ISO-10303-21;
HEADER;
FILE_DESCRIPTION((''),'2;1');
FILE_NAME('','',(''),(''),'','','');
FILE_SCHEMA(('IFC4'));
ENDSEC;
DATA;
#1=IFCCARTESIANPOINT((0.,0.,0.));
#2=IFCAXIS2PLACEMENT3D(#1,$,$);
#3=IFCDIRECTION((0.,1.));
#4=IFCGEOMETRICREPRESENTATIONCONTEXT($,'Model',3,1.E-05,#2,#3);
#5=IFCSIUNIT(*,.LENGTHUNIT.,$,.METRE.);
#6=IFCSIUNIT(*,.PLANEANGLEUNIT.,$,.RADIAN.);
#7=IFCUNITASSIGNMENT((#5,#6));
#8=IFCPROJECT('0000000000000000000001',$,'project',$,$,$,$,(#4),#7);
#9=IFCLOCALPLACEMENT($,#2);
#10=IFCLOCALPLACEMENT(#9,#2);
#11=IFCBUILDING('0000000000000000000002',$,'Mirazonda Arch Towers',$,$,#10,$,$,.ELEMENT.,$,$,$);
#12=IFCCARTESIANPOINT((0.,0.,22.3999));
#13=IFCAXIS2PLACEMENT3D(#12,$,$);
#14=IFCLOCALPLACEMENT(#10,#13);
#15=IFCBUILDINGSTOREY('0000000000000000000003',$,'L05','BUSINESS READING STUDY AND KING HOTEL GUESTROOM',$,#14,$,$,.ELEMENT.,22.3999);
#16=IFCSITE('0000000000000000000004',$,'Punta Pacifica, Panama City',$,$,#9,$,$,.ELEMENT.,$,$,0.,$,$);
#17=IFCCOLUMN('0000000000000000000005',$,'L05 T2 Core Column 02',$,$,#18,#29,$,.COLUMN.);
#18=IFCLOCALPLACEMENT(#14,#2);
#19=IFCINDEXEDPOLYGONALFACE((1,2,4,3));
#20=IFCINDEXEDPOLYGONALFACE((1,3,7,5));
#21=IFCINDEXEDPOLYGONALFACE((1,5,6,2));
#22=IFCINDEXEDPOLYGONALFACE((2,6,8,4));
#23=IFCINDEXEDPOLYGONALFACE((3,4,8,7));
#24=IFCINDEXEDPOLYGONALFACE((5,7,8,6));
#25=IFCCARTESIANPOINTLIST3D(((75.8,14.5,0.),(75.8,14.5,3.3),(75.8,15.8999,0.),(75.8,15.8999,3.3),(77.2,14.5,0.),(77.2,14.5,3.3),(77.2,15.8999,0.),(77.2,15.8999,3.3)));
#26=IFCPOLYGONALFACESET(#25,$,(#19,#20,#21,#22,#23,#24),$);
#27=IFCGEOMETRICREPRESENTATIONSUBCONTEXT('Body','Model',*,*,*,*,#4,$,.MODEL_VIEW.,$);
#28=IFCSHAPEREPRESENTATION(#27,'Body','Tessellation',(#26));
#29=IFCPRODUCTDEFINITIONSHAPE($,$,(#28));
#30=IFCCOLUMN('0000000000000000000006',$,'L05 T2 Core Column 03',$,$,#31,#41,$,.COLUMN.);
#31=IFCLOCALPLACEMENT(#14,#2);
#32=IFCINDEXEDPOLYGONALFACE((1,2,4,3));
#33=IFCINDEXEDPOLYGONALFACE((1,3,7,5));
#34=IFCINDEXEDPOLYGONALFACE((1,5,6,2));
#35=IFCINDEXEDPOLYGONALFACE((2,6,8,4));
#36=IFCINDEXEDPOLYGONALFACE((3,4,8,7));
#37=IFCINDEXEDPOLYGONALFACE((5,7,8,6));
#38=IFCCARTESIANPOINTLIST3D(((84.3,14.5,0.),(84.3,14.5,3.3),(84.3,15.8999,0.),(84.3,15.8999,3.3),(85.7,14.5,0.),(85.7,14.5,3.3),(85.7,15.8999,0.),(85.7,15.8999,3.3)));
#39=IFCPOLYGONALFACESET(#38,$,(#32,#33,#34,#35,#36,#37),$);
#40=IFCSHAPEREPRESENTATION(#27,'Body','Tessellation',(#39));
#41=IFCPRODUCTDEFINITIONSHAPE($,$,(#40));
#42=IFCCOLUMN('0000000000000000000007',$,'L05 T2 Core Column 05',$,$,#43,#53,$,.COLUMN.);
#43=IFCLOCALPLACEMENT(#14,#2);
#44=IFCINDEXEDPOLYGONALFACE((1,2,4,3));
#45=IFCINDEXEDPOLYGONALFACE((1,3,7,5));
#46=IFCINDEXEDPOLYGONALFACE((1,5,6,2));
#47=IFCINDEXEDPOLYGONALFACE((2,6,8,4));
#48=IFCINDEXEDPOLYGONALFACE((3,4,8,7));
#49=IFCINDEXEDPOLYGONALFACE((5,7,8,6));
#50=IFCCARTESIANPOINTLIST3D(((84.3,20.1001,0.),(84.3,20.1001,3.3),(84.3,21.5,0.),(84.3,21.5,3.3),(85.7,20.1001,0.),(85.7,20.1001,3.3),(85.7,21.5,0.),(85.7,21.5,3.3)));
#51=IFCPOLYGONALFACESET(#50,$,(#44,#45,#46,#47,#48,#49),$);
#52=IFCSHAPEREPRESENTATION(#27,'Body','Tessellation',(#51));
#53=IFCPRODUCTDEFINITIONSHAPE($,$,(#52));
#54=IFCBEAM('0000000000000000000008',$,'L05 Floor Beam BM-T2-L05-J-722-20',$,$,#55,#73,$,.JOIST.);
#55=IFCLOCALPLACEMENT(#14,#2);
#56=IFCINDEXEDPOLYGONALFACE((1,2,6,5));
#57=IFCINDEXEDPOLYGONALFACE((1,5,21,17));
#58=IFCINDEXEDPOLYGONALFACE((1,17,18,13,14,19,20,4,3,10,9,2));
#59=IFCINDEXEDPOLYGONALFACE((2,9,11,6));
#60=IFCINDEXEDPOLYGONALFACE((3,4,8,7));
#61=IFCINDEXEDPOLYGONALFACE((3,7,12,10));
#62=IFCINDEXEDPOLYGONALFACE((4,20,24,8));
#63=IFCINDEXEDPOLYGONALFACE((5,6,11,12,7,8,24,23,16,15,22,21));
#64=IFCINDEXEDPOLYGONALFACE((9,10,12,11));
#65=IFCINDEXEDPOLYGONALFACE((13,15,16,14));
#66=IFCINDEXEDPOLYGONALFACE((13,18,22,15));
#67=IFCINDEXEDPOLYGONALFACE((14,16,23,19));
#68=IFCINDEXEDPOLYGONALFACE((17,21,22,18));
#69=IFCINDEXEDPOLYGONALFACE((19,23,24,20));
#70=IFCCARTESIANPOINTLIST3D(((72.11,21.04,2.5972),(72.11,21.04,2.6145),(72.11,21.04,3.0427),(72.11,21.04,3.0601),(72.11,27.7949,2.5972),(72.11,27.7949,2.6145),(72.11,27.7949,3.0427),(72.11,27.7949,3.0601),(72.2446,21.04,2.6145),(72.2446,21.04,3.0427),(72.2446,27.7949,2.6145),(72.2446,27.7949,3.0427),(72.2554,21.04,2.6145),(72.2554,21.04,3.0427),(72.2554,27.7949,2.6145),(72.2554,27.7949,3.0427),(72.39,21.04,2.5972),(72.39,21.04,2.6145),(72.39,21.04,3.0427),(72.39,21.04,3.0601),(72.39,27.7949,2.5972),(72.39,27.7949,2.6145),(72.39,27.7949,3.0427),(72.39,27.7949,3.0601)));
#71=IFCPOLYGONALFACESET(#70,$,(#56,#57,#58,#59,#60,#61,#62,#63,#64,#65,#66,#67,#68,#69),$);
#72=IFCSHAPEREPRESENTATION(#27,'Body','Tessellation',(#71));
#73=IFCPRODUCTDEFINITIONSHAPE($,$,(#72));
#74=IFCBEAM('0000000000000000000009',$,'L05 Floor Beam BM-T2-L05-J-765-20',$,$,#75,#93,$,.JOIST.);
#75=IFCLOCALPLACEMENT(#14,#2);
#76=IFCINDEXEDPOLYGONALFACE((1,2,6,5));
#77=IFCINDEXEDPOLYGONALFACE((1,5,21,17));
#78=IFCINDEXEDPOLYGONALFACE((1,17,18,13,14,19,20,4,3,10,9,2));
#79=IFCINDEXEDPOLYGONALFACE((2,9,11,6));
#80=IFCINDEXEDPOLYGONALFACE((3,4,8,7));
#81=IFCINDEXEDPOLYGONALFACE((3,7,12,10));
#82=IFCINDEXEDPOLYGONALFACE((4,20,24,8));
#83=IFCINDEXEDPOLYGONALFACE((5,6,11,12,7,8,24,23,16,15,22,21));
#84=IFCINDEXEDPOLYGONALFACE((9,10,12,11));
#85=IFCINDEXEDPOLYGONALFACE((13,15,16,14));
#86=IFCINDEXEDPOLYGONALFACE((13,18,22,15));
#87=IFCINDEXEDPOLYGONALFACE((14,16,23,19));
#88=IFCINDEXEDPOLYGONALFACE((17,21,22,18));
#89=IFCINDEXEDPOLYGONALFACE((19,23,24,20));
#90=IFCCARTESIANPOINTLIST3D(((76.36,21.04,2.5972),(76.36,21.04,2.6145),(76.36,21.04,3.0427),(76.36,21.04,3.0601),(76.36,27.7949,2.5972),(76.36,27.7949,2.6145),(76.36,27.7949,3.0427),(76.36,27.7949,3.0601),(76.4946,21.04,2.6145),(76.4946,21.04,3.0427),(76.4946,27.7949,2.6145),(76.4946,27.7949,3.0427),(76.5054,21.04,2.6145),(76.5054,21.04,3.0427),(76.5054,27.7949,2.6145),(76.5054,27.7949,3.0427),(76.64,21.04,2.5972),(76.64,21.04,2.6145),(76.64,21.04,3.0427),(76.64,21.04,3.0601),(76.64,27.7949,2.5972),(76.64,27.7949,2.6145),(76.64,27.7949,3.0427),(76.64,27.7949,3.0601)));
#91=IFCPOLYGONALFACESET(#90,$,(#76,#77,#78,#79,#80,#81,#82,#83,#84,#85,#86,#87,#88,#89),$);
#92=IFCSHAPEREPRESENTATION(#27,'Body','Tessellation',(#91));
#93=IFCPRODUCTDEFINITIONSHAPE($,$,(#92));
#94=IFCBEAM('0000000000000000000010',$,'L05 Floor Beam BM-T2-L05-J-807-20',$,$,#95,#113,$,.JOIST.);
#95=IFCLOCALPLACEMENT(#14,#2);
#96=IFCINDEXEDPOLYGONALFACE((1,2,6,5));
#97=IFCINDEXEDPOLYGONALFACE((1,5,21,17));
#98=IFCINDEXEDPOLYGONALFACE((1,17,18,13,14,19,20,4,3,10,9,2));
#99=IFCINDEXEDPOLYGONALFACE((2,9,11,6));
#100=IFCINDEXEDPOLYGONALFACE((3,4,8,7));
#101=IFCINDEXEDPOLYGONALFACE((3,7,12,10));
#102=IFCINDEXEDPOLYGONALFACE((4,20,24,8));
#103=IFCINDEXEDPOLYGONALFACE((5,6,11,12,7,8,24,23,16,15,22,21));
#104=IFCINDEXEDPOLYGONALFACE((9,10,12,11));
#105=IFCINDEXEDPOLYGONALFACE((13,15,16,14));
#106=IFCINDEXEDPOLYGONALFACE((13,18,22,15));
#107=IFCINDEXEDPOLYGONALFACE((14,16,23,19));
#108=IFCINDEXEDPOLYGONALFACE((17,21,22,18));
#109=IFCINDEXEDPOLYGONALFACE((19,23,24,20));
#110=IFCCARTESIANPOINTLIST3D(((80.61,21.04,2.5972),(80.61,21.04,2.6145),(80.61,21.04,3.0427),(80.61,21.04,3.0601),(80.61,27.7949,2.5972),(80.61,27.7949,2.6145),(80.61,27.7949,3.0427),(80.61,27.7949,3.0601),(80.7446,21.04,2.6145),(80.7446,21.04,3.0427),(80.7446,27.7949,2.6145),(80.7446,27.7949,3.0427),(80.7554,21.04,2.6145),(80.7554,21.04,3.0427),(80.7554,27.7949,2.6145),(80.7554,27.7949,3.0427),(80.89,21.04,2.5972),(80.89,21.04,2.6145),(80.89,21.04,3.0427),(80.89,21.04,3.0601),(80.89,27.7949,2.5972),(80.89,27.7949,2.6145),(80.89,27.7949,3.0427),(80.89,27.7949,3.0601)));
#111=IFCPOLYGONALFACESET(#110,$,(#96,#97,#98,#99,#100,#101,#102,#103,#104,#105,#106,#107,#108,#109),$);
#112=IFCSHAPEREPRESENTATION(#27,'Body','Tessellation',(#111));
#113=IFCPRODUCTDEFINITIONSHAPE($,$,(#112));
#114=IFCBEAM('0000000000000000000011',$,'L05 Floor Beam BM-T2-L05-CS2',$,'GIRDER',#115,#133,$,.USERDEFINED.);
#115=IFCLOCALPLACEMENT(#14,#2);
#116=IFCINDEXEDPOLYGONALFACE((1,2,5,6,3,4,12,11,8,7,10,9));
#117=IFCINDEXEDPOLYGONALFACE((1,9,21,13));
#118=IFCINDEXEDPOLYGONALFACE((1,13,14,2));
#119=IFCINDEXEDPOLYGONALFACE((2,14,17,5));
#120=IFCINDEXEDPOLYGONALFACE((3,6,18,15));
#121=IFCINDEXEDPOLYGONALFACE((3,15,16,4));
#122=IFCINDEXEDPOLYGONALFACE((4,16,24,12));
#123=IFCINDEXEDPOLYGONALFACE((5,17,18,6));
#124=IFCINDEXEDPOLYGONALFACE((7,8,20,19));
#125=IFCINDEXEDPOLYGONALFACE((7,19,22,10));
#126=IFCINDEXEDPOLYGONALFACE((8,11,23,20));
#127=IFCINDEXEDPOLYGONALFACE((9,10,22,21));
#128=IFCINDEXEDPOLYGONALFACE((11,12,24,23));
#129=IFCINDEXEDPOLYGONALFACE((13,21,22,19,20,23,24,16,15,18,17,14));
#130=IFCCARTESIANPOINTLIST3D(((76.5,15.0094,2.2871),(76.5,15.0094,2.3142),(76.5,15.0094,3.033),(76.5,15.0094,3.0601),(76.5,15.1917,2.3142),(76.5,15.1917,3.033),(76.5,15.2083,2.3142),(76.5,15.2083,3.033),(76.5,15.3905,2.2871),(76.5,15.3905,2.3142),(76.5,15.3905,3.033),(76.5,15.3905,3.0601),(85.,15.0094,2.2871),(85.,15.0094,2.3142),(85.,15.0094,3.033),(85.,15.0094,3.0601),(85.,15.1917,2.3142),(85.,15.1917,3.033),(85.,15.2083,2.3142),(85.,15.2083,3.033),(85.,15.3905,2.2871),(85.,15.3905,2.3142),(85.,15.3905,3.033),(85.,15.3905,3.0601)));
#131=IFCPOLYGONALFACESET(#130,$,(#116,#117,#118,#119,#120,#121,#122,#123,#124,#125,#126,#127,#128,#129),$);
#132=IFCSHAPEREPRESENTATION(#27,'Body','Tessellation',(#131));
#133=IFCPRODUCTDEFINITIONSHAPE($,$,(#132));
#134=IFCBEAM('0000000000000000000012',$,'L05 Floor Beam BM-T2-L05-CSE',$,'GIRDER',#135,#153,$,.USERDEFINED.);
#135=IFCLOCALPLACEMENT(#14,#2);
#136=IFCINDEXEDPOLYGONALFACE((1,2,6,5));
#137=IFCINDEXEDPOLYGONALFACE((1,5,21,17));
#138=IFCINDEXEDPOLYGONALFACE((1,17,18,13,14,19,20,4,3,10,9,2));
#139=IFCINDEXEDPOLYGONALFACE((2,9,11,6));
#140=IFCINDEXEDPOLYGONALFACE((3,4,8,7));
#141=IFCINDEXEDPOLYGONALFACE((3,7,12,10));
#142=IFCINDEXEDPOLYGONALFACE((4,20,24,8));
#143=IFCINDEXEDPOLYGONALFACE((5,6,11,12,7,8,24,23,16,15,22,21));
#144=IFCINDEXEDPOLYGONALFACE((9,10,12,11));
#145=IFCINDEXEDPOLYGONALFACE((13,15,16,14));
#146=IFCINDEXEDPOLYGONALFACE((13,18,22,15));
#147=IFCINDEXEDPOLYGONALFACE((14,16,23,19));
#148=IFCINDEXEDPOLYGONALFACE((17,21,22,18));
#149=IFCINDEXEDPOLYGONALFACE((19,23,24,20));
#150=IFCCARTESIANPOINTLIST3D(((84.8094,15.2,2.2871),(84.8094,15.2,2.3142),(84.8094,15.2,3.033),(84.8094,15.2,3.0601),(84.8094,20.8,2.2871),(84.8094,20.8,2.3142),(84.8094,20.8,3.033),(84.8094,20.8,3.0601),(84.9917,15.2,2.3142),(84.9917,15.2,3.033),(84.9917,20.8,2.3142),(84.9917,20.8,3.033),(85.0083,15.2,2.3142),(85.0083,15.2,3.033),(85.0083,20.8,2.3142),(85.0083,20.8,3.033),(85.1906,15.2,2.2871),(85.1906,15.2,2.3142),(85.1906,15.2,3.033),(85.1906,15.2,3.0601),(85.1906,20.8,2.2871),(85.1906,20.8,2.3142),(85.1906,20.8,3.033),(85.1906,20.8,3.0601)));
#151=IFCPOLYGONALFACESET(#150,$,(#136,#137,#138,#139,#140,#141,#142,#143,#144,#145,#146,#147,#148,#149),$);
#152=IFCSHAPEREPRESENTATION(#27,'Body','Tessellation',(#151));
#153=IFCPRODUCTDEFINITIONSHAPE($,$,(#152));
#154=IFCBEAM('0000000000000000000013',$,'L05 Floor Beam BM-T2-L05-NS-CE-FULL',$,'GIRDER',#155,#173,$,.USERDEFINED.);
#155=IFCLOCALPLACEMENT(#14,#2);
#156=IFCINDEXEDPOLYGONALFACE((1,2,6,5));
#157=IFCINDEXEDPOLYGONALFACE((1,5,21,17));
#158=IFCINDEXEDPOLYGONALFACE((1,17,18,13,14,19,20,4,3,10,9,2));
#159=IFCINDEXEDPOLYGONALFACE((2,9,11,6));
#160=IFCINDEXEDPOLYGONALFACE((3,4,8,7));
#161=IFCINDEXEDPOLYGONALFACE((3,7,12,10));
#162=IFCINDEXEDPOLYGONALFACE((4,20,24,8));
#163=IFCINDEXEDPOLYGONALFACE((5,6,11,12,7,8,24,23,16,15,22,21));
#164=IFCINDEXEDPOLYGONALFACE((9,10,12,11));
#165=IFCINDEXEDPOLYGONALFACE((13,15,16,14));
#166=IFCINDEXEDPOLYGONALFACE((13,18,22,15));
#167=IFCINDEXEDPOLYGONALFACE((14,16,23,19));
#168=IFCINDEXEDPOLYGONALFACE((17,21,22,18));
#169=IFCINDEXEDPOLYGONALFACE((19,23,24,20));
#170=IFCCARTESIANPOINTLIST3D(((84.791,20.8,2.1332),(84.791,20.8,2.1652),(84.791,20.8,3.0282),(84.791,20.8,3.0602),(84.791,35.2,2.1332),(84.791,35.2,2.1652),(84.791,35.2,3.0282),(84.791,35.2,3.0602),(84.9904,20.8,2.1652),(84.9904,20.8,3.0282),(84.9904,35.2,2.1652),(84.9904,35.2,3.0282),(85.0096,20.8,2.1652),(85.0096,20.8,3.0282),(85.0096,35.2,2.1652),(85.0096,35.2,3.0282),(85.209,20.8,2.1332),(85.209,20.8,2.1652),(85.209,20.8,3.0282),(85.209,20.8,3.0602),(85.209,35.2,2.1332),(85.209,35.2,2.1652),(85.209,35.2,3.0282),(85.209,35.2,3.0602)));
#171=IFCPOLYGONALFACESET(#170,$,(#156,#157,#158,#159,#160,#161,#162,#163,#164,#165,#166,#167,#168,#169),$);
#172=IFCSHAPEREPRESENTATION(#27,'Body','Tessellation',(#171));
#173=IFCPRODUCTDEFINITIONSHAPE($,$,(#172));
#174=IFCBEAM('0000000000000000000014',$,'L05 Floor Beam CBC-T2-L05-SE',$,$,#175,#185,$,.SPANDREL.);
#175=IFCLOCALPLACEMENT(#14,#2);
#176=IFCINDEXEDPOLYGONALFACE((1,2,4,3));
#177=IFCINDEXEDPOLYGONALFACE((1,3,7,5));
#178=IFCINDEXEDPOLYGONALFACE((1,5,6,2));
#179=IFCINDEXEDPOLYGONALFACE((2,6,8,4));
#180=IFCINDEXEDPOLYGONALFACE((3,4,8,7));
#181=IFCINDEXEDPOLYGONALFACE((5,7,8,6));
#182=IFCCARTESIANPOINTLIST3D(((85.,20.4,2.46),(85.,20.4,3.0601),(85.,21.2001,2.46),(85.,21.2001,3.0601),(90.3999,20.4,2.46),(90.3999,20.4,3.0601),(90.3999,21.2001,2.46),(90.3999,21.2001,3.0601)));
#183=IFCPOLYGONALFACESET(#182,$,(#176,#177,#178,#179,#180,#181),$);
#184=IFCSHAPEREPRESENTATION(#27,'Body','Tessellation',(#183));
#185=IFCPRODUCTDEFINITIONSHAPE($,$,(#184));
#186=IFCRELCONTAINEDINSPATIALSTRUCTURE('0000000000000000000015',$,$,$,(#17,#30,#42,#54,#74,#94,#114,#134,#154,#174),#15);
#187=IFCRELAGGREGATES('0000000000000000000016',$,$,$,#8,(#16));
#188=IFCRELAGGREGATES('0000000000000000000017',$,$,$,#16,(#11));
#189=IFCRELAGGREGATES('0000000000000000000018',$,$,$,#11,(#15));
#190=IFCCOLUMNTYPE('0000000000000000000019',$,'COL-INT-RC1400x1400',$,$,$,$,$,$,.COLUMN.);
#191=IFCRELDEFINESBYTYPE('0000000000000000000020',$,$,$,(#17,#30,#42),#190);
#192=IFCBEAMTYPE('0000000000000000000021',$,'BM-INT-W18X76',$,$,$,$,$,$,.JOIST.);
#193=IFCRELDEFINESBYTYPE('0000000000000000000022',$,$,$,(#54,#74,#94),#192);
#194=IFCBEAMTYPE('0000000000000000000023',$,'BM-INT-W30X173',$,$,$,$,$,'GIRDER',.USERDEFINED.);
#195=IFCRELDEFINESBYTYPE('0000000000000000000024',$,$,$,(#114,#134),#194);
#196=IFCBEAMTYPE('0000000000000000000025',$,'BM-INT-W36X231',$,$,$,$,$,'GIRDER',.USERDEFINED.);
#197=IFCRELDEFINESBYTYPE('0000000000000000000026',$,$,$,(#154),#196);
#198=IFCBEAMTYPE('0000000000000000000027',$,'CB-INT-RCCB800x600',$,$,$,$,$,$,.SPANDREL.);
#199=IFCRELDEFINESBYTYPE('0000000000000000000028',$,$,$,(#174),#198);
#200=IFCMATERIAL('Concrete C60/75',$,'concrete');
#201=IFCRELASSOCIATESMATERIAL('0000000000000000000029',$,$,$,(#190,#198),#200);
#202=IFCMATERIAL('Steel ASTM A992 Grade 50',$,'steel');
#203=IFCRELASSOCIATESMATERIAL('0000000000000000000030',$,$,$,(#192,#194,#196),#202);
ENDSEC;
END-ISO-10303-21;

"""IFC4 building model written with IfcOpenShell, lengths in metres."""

from ifc_helpers import new_model, si_unit, direction, frame, origin, origin_2d, place, context, subcontext, project, spatial, rectangle, i_section, extrude, material, material_profile, profile_set, type_object, element, save


model = new_model("IFC4")

# Units and contexts
model_context = context("Model", 3, precision=1e-05, world=origin(), true_north=direction((0.0, 1.0)))
body_context = subcontext(model_context, "Body", "Model", "MODEL_VIEW")
ifc_project = project(units=[si_unit("LENGTHUNIT", "METRE"), si_unit("PLANEANGLEUNIT", "RADIAN")], contexts=[model_context])

# Site, building, storey
site_placement = place(None, origin())
site = spatial("IfcSite", under=ifc_project, at=site_placement, Name="Punta Pacifica, Panama City", CompositionType="ELEMENT", RefElevation=0.0)
building_placement = place(site_placement, origin())
building = spatial("IfcBuilding", under=site, at=building_placement, Name="Mirazonda Arch Towers", CompositionType="ELEMENT")
storey_placement = place(building_placement, frame((0.0, 0.0, 22.3999)))
storey = spatial("IfcBuildingStorey", under=building, at=storey_placement, Name="L05", Description="BUSINESS READING STUDY AND KING HOTEL GUESTROOM", CompositionType="ELEMENT", Elevation=22.3999)

# Columns
ifc_material_1 = material(Name="Concrete C60/75", Category="concrete")
ifc_material_profile_1 = material_profile(ifc_material_1, rectangle(XDim=1.3999, YDim=1.3999, at=origin_2d()), Name="RC1400x1400")
ifc_profile_set_1 = profile_set([ifc_material_profile_1], Name="Concrete C60/75")
column_type = type_object("IfcColumnType", Name="COL-INT-RC1400x1400", PredefinedType="COLUMN", material=ifc_profile_set_1)
for number, where, z_axis, x_axis, name in (
    (1, (76.5, 15.2, 0.0), (0.0, 0.0, 1.0), (1.0, 0.0, 0.0), "L05 T2 Core Column 02"),
    (2, (85.0, 15.2, 0.0), (0.0, 0.0, 1.0), (1.0, 0.0, 0.0), "L05 T2 Core Column 03"),
    (3, (85.0, 20.8, 0.0), (0.0, 0.0, 1.0), (1.0, 0.0, 0.0), "L05 T2 Core Column 05"),
):
    element("IfcColumn", number, at=place(storey_placement, frame(where, z_axis=z_axis, x_axis=x_axis)), inside=storey, type_object=column_type, Name=name, PredefinedType="COLUMN", context=body_context, shape_type="SweptSolid", body=[
        extrude(rectangle(XDim=1.3999, YDim=1.3999, at=origin_2d()), origin(), (0.0, 0.0, 1.0), 3.3),
    ])

# Beams
ifc_material_2 = material(Name="Steel ASTM A992 Grade 50", Category="steel")
ifc_material_profile_2 = material_profile(ifc_material_2, i_section(OverallWidth=0.28, OverallDepth=0.4629, WebThickness=0.0107, FlangeThickness=0.0173, at=origin_2d()), Name="W18X76")
ifc_profile_set_2 = profile_set([ifc_material_profile_2], Name="Steel ASTM A992 Grade 50")
beam_type_1 = type_object("IfcBeamType", Name="BM-INT-W18X76", PredefinedType="JOIST", material=ifc_profile_set_2)
for number, where, z_axis, x_axis, name in (
    (4, (72.25, 21.04, 2.8286), (0.0, 1.0, 0.0), (-1.0, 0.0, 0.0), "L05 Floor Beam BM-T2-L05-J-722-20"),
    (5, (76.5, 21.04, 2.8286), (0.0, 1.0, 0.0), (-1.0, 0.0, 0.0), "L05 Floor Beam BM-T2-L05-J-765-20"),
    (6, (80.75, 21.04, 2.8286), (0.0, 1.0, 0.0), (-1.0, 0.0, 0.0), "L05 Floor Beam BM-T2-L05-J-807-20"),
):
    element("IfcBeam", number, at=place(storey_placement, frame(where, z_axis=z_axis, x_axis=x_axis)), inside=storey, type_object=beam_type_1, Name=name, PredefinedType="JOIST", context=body_context, shape_type="SweptSolid", body=[
        extrude(i_section(OverallWidth=0.28, OverallDepth=0.4629, WebThickness=0.0107, FlangeThickness=0.0173, at=origin_2d()), origin(), (0.0, 0.0, 1.0), 6.7549),
    ])
ifc_material_profile_3 = material_profile(ifc_material_2, i_section(OverallWidth=0.3811, OverallDepth=0.7729, WebThickness=0.0166, FlangeThickness=0.0271, at=origin_2d()), Name="W30X173")
ifc_profile_set_3 = profile_set([ifc_material_profile_3], Name="Steel ASTM A992 Grade 50")
beam_type_2 = type_object("IfcBeamType", Name="BM-INT-W30X173", ElementType="GIRDER", PredefinedType="USERDEFINED", material=ifc_profile_set_3)
beam_1_placement = place(storey_placement, frame((76.5, 15.2, 2.6736), z_axis=(1.0, 0.0, 0.0), x_axis=(0.0, 1.0, 0.0)))
element("IfcBeam", 7, at=beam_1_placement, inside=storey, type_object=beam_type_2, Name="L05 Floor Beam BM-T2-L05-CS2", ObjectType="GIRDER", PredefinedType="USERDEFINED", context=body_context, shape_type="SweptSolid", body=[
    extrude(i_section(OverallWidth=0.3811, OverallDepth=0.7729, WebThickness=0.0166, FlangeThickness=0.0271, at=origin_2d()), origin(), (0.0, 0.0, 1.0), 8.5),
])
beam_2_placement = place(storey_placement, frame((85.0, 15.2, 2.6736), z_axis=(0.0, 1.0, 0.0), x_axis=(-1.0, 0.0, 0.0)))
element("IfcBeam", 8, at=beam_2_placement, inside=storey, type_object=beam_type_2, Name="L05 Floor Beam BM-T2-L05-CSE", ObjectType="GIRDER", PredefinedType="USERDEFINED", context=body_context, shape_type="SweptSolid", body=[
    extrude(i_section(OverallWidth=0.3811, OverallDepth=0.7729, WebThickness=0.0166, FlangeThickness=0.0271, at=origin_2d()), origin(), (0.0, 0.0, 1.0), 5.6001),
])
ifc_material_profile_4 = material_profile(ifc_material_2, i_section(OverallWidth=0.418, OverallDepth=0.927, WebThickness=0.0193, FlangeThickness=0.032, at=origin_2d()), Name="W36X231")
ifc_profile_set_4 = profile_set([ifc_material_profile_4], Name="Steel ASTM A992 Grade 50")
beam_type_3 = type_object("IfcBeamType", Name="BM-INT-W36X231", ElementType="GIRDER", PredefinedType="USERDEFINED", material=ifc_profile_set_4)
beam_3_placement = place(storey_placement, frame((85.0, 20.8, 2.5967), z_axis=(0.0, 1.0, 0.0), x_axis=(-1.0, 0.0, 0.0)))
element("IfcBeam", 9, at=beam_3_placement, inside=storey, type_object=beam_type_3, Name="L05 Floor Beam BM-T2-L05-NS-CE-FULL", ObjectType="GIRDER", PredefinedType="USERDEFINED", context=body_context, shape_type="SweptSolid", body=[
    extrude(i_section(OverallWidth=0.418, OverallDepth=0.927, WebThickness=0.0193, FlangeThickness=0.032, at=origin_2d()), origin(), (0.0, 0.0, 1.0), 14.3999),
])
ifc_material_profile_5 = material_profile(ifc_material_1, rectangle(XDim=0.8, YDim=0.6001, at=origin_2d()), Name="RCCB800x600")
ifc_profile_set_5 = profile_set([ifc_material_profile_5], Name="Concrete C60/75")
beam_type_4 = type_object("IfcBeamType", Name="CB-INT-RCCB800x600", PredefinedType="SPANDREL", material=ifc_profile_set_5)
beam_4_placement = place(storey_placement, frame((85.0, 20.8, 2.76), z_axis=(1.0, 0.0, 0.0), x_axis=(0.0, 1.0, 0.0)))
element("IfcBeam", 10, at=beam_4_placement, inside=storey, type_object=beam_type_4, Name="L05 Floor Beam CBC-T2-L05-SE", PredefinedType="SPANDREL", context=body_context, shape_type="SweptSolid", body=[
    extrude(rectangle(XDim=0.8, YDim=0.6001, at=origin_2d()), origin(), (0.0, 0.0, 1.0), 5.3999),
])

save(model, "model.ifc")
